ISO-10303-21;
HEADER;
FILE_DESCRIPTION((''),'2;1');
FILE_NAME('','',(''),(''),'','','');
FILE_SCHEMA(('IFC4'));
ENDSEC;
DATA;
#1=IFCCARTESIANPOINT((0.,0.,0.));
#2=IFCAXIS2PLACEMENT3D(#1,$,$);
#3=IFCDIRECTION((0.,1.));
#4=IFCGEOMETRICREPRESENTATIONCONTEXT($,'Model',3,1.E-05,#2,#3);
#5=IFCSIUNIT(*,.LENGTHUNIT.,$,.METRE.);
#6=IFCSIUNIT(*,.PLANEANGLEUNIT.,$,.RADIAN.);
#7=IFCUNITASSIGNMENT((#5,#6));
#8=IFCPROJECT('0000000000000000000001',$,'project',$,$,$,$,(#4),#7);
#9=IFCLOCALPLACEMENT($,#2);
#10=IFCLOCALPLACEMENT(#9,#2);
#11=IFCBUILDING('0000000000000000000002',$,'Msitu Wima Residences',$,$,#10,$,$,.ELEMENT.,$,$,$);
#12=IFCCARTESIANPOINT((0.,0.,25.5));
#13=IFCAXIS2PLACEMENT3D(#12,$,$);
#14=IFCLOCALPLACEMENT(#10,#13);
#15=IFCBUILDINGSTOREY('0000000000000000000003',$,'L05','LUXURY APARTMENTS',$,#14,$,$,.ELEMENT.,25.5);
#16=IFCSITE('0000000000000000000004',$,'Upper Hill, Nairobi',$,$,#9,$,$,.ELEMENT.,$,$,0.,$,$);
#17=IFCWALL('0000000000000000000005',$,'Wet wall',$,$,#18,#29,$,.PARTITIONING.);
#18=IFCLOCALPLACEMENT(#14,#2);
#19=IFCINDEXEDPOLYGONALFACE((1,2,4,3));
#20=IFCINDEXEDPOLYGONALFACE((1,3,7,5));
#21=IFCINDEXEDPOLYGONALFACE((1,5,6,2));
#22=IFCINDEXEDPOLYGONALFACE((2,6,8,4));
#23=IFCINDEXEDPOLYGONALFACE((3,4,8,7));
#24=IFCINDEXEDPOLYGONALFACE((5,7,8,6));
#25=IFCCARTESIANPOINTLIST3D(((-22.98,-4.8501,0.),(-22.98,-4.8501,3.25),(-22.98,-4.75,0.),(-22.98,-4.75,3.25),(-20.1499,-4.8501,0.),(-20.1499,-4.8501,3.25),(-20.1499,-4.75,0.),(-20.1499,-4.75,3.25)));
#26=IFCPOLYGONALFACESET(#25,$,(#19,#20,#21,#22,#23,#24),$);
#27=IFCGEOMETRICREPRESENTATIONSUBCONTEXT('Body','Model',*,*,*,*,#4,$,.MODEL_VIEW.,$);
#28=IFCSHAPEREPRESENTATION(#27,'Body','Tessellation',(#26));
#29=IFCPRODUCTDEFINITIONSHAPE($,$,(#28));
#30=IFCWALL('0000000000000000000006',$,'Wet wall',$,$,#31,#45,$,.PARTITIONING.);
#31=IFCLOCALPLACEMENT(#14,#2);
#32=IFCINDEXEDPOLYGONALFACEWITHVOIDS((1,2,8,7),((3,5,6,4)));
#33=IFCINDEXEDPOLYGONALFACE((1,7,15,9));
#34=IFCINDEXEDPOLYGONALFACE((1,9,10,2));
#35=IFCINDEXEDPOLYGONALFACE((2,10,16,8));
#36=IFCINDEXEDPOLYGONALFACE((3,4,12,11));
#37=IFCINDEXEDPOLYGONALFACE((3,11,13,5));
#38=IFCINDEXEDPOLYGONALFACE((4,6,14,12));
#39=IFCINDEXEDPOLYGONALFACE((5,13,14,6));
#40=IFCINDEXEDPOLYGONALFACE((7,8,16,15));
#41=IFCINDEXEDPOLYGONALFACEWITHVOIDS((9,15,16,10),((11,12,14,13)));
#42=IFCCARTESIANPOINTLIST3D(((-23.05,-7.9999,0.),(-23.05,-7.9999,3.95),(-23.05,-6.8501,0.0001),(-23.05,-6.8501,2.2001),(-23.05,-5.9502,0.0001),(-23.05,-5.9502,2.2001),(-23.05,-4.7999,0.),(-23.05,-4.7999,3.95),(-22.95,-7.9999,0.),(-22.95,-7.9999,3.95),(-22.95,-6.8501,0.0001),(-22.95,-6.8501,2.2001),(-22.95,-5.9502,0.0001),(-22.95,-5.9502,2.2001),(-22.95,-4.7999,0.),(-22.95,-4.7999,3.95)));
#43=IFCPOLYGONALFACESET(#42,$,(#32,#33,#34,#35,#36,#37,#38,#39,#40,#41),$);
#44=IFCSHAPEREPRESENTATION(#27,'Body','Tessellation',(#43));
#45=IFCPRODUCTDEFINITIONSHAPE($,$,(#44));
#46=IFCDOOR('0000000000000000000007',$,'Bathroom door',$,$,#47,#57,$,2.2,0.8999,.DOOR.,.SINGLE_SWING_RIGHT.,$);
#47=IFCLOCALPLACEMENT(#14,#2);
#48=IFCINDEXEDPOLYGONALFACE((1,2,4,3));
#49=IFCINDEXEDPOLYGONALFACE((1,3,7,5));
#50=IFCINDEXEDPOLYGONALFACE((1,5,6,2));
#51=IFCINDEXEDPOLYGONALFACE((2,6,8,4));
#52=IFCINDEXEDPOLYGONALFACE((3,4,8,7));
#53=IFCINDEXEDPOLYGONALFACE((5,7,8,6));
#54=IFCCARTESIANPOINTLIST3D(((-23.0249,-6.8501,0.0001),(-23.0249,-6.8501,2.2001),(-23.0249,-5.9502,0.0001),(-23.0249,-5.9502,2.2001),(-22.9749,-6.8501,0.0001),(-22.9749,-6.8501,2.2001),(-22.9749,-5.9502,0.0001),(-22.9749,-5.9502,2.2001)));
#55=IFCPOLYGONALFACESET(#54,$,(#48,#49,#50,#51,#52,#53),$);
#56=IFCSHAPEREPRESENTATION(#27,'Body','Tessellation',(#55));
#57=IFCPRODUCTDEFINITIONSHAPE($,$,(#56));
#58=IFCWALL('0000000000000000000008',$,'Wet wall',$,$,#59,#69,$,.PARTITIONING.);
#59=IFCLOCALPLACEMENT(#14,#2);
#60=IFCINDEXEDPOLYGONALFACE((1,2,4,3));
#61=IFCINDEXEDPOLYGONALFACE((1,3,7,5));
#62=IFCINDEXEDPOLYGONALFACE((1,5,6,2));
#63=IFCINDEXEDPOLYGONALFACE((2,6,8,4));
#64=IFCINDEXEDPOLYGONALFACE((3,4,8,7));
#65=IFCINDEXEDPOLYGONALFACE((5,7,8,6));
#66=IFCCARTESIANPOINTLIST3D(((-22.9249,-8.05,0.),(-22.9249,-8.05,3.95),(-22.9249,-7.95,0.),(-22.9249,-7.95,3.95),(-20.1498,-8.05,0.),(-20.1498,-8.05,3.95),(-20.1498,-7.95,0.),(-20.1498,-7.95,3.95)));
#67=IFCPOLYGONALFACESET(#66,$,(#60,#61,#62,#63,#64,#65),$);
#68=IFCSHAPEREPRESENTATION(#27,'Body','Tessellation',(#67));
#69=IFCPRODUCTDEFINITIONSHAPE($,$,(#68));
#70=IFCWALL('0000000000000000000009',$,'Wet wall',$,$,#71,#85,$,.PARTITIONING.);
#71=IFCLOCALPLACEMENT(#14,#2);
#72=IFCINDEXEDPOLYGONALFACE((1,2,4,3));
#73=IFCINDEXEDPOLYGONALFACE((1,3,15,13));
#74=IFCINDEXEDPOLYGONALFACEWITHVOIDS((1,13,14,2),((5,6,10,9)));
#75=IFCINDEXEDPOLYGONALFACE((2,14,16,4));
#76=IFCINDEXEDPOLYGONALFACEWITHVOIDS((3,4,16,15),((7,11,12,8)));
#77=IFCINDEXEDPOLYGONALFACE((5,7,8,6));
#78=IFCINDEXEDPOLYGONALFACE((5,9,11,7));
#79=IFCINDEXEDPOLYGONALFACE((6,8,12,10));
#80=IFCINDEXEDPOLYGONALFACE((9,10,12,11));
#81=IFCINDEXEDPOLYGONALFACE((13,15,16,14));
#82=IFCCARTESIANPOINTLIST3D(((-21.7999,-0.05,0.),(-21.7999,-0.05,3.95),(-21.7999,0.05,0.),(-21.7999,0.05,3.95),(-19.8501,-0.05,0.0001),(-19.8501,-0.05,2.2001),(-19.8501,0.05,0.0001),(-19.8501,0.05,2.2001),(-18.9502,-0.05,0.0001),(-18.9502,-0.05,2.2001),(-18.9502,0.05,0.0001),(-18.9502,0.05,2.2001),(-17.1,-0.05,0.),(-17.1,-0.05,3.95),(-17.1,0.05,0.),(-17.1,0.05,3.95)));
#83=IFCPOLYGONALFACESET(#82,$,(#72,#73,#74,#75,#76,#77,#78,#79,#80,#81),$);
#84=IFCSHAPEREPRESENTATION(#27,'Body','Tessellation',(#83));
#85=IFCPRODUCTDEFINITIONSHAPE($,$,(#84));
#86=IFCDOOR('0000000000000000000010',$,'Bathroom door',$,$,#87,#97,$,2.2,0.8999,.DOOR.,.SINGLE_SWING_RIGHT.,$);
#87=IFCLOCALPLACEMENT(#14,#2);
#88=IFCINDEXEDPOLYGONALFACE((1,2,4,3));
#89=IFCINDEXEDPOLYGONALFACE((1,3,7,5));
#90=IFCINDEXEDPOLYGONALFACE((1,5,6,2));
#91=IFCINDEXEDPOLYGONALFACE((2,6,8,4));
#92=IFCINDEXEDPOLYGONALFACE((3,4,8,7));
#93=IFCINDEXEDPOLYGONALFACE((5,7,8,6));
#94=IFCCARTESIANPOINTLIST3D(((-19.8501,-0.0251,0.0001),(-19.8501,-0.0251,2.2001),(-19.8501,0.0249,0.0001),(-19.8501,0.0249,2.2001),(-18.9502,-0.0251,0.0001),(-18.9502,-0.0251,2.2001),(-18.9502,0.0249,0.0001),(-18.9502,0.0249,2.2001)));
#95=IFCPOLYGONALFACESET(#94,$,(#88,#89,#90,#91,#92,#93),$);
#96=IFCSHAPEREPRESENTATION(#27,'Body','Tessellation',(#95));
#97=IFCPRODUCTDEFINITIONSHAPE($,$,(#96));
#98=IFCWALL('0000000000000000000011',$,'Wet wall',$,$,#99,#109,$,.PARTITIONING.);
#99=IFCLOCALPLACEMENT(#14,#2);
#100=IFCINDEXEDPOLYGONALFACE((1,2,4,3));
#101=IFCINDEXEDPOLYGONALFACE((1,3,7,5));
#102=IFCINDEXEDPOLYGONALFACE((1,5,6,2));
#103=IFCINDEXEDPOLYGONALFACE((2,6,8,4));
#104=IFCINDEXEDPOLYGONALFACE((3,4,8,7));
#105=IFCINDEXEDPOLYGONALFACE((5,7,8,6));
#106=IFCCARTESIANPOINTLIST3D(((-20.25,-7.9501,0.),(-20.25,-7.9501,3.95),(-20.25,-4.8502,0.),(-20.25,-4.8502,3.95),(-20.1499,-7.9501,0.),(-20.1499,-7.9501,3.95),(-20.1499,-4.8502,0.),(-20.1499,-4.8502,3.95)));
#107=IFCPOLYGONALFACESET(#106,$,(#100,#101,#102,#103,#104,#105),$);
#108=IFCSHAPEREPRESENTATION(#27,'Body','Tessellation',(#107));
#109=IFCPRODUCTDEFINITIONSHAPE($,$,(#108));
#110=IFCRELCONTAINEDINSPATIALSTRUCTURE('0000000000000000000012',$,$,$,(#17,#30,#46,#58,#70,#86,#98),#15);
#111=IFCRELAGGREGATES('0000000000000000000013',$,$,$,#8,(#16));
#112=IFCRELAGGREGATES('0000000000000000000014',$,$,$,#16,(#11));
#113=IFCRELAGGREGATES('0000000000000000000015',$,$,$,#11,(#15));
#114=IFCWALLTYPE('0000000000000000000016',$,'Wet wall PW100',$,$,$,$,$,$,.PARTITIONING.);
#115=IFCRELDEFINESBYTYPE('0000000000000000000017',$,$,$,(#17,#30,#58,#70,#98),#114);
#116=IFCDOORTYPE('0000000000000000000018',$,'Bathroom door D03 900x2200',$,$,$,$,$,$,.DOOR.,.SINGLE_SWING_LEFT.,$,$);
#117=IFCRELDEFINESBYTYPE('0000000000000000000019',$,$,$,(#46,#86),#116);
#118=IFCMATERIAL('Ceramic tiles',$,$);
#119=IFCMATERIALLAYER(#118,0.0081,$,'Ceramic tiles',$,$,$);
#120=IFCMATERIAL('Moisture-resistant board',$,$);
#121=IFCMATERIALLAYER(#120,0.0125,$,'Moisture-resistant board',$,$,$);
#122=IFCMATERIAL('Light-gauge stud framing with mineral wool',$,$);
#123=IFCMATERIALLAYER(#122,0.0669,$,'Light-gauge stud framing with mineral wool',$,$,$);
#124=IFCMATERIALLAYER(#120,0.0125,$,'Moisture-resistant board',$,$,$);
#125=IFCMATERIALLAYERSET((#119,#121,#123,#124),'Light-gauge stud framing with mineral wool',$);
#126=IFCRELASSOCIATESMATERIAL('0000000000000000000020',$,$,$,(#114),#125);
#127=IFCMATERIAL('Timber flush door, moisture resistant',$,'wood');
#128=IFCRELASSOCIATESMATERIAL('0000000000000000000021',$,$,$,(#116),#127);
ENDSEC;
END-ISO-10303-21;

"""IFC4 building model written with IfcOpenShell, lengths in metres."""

from ifc_helpers import new_model, si_unit, direction, frame, frame_2d, origin, place, context, subcontext, project, spatial, rectangle, extrude, material, layer, layer_set, type_object, element, fill, save


model = new_model("IFC4")

# Units and contexts
model_context = context("Model", 3, precision=1e-05, world=origin(), true_north=direction((0.0, 1.0)))
body_context = subcontext(model_context, "Body", "Model", "MODEL_VIEW")
ifc_project = project(units=[si_unit("LENGTHUNIT", "METRE"), si_unit("PLANEANGLEUNIT", "RADIAN")], contexts=[model_context])

# Site, building, storey
site_placement = place(None, origin())
site = spatial("IfcSite", under=ifc_project, at=site_placement, Name="Upper Hill, Nairobi", CompositionType="ELEMENT", RefElevation=0.0)
building_placement = place(site_placement, origin())
building = spatial("IfcBuilding", under=site, at=building_placement, Name="Msitu Wima Residences", CompositionType="ELEMENT")
storey_placement = place(building_placement, frame((0.0, 0.0, 25.5)))
storey = spatial("IfcBuildingStorey", under=building, at=storey_placement, Name="L05", Description="LUXURY APARTMENTS", CompositionType="ELEMENT", Elevation=25.5)

# Wall
ifc_material_1 = material(Name="Ceramic tiles")
ifc_layer_1 = layer(ifc_material_1, 0.0081, Name="Ceramic tiles")
ifc_material_2 = material(Name="Moisture-resistant board")
ifc_layer_2 = layer(ifc_material_2, 0.0125, Name="Moisture-resistant board")
ifc_material_3 = material(Name="Light-gauge stud framing with mineral wool")
ifc_layer_3 = layer(ifc_material_3, 0.0669, Name="Light-gauge stud framing with mineral wool")
ifc_layer_4 = layer(ifc_material_2, 0.0125, Name="Moisture-resistant board")
ifc_layer_set_1 = layer_set([ifc_layer_1, ifc_layer_2, ifc_layer_3, ifc_layer_4], Name="Light-gauge stud framing with mineral wool")
wall_type_1 = type_object("IfcWallType", Name="Wet wall PW100", PredefinedType="PARTITIONING", material=ifc_layer_set_1)
wall_1_placement = place(storey_placement, frame((-22.98, -4.8, 0.0), z_axis=(0.0, 0.0, 1.0), x_axis=(1.0, 0.0, 0.0)))
element("IfcWall", 1, at=wall_1_placement, inside=storey, type_object=wall_type_1, Name="Wet wall", PredefinedType="PARTITIONING", context=body_context, shape_type="SweptSolid", body=[
    extrude(rectangle(XDim=2.8301, YDim=0.1001, at=frame_2d((1.415, 0.0))), origin(), (0.0, 0.0, 1.0), 3.25),
])

# Wall, opening, door
wall_2_placement = place(storey_placement, frame((-23.0, -8.0, 0.0), z_axis=(0.0, 0.0, 1.0), x_axis=(0.0, 1.0, 0.0)))
wall_2 = element("IfcWall", 2, at=wall_2_placement, inside=storey, type_object=wall_type_1, Name="Wet wall", PredefinedType="PARTITIONING", context=body_context, shape_type="SweptSolid", body=[
    extrude(rectangle(XDim=3.2, YDim=0.1001, at=frame_2d((1.6001, 0.0))), origin(), (0.0, 0.0, 1.0), 3.95),
])
opening_1_placement = place(wall_2_placement, frame((1.1499, 0.0, 0.0)))
opening_1 = element("IfcOpeningElement", 3, at=opening_1_placement, cuts=wall_2, PredefinedType="OPENING", context=body_context, shape_type="SweptSolid", body=[
    extrude(rectangle(XDim=0.8999, YDim=2.2, at=frame_2d((0.45, 1.1001))), frame((0.0, 0.0601, 0.0), z_axis=(0.0, -1.0, 0.0), x_axis=(1.0, 0.0, 0.0)), (0.0, 0.0, 1.0), 0.1201),
])
ifc_material_4 = material(Name="Timber flush door, moisture resistant", Category="wood")
door_type_1 = type_object("IfcDoorType", Name="Bathroom door D03 900x2200", OperationType="SINGLE_SWING_LEFT", PredefinedType="DOOR", material=ifc_material_4)
door_1_placement = place(opening_1_placement, origin())
door_1 = element("IfcDoor", 4, at=door_1_placement, inside=storey, type_object=door_type_1, Name="Bathroom door", OperationType="SINGLE_SWING_RIGHT", OverallHeight=2.2, OverallWidth=0.8999, PredefinedType="DOOR", context=body_context, shape_type="SweptSolid", body=[
    extrude(rectangle(XDim=0.8999, YDim=2.2, at=frame_2d((0.45, 1.1001))), frame((0.0, 0.0249, 0.0), z_axis=(0.0, -1.0, 0.0), x_axis=(1.0, 0.0, 0.0)), (0.0, 0.0, 1.0), 0.05),
])
fill(opening_1, door_1)

# Wall
wall_3_placement = place(storey_placement, frame((-22.925, -8.0, 0.0), z_axis=(0.0, 0.0, 1.0), x_axis=(1.0, 0.0, 0.0)))
element("IfcWall", 5, at=wall_3_placement, inside=storey, type_object=wall_type_1, Name="Wet wall", PredefinedType="PARTITIONING", context=body_context, shape_type="SweptSolid", body=[
    extrude(rectangle(XDim=2.7751, YDim=0.1001, at=frame_2d((1.3877, 0.0))), origin(), (0.0, 0.0, 1.0), 3.95),
])

# Wall, opening, door
wall_4_placement = place(storey_placement, frame((-21.8, 0.0, 0.0), z_axis=(0.0, 0.0, 1.0), x_axis=(1.0, 0.0, 0.0)))
wall_4 = element("IfcWall", 6, at=wall_4_placement, inside=storey, type_object=wall_type_1, Name="Wet wall", PredefinedType="PARTITIONING", context=body_context, shape_type="SweptSolid", body=[
    extrude(rectangle(XDim=4.7, YDim=0.1001, at=frame_2d((2.3501, 0.0))), origin(), (0.0, 0.0, 1.0), 3.95),
])
opening_2_placement = place(wall_4_placement, frame((1.95, 0.0, 0.0)))
opening_2 = element("IfcOpeningElement", 7, at=opening_2_placement, cuts=wall_4, PredefinedType="OPENING", context=body_context, shape_type="SweptSolid", body=[
    extrude(rectangle(XDim=0.8999, YDim=2.2, at=frame_2d((0.45, 1.1001))), frame((0.0, 0.0601, 0.0), z_axis=(0.0, -1.0, 0.0), x_axis=(1.0, 0.0, 0.0)), (0.0, 0.0, 1.0), 0.1201),
])
door_2_placement = place(opening_2_placement, origin())
door_2 = element("IfcDoor", 8, at=door_2_placement, inside=storey, type_object=door_type_1, Name="Bathroom door", OperationType="SINGLE_SWING_RIGHT", OverallHeight=2.2, OverallWidth=0.8999, PredefinedType="DOOR", context=body_context, shape_type="SweptSolid", body=[
    extrude(rectangle(XDim=0.8999, YDim=2.2, at=frame_2d((0.45, 1.1001))), frame((0.0, 0.0249, 0.0), z_axis=(0.0, -1.0, 0.0), x_axis=(1.0, 0.0, 0.0)), (0.0, 0.0, 1.0), 0.05),
])
fill(opening_2, door_2)

# Wall
wall_5_placement = place(storey_placement, frame((-20.2, -7.95, 0.0), z_axis=(0.0, 0.0, 1.0), x_axis=(0.0, 1.0, 0.0)))
element("IfcWall", 9, at=wall_5_placement, inside=storey, type_object=wall_type_1, Name="Wet wall", PredefinedType="PARTITIONING", context=body_context, shape_type="SweptSolid", body=[
    extrude(rectangle(XDim=3.0999, YDim=0.1001, at=frame_2d((1.5498, 0.0))), origin(), (0.0, 0.0, 1.0), 3.95),
])

save(model, "model.ifc")
